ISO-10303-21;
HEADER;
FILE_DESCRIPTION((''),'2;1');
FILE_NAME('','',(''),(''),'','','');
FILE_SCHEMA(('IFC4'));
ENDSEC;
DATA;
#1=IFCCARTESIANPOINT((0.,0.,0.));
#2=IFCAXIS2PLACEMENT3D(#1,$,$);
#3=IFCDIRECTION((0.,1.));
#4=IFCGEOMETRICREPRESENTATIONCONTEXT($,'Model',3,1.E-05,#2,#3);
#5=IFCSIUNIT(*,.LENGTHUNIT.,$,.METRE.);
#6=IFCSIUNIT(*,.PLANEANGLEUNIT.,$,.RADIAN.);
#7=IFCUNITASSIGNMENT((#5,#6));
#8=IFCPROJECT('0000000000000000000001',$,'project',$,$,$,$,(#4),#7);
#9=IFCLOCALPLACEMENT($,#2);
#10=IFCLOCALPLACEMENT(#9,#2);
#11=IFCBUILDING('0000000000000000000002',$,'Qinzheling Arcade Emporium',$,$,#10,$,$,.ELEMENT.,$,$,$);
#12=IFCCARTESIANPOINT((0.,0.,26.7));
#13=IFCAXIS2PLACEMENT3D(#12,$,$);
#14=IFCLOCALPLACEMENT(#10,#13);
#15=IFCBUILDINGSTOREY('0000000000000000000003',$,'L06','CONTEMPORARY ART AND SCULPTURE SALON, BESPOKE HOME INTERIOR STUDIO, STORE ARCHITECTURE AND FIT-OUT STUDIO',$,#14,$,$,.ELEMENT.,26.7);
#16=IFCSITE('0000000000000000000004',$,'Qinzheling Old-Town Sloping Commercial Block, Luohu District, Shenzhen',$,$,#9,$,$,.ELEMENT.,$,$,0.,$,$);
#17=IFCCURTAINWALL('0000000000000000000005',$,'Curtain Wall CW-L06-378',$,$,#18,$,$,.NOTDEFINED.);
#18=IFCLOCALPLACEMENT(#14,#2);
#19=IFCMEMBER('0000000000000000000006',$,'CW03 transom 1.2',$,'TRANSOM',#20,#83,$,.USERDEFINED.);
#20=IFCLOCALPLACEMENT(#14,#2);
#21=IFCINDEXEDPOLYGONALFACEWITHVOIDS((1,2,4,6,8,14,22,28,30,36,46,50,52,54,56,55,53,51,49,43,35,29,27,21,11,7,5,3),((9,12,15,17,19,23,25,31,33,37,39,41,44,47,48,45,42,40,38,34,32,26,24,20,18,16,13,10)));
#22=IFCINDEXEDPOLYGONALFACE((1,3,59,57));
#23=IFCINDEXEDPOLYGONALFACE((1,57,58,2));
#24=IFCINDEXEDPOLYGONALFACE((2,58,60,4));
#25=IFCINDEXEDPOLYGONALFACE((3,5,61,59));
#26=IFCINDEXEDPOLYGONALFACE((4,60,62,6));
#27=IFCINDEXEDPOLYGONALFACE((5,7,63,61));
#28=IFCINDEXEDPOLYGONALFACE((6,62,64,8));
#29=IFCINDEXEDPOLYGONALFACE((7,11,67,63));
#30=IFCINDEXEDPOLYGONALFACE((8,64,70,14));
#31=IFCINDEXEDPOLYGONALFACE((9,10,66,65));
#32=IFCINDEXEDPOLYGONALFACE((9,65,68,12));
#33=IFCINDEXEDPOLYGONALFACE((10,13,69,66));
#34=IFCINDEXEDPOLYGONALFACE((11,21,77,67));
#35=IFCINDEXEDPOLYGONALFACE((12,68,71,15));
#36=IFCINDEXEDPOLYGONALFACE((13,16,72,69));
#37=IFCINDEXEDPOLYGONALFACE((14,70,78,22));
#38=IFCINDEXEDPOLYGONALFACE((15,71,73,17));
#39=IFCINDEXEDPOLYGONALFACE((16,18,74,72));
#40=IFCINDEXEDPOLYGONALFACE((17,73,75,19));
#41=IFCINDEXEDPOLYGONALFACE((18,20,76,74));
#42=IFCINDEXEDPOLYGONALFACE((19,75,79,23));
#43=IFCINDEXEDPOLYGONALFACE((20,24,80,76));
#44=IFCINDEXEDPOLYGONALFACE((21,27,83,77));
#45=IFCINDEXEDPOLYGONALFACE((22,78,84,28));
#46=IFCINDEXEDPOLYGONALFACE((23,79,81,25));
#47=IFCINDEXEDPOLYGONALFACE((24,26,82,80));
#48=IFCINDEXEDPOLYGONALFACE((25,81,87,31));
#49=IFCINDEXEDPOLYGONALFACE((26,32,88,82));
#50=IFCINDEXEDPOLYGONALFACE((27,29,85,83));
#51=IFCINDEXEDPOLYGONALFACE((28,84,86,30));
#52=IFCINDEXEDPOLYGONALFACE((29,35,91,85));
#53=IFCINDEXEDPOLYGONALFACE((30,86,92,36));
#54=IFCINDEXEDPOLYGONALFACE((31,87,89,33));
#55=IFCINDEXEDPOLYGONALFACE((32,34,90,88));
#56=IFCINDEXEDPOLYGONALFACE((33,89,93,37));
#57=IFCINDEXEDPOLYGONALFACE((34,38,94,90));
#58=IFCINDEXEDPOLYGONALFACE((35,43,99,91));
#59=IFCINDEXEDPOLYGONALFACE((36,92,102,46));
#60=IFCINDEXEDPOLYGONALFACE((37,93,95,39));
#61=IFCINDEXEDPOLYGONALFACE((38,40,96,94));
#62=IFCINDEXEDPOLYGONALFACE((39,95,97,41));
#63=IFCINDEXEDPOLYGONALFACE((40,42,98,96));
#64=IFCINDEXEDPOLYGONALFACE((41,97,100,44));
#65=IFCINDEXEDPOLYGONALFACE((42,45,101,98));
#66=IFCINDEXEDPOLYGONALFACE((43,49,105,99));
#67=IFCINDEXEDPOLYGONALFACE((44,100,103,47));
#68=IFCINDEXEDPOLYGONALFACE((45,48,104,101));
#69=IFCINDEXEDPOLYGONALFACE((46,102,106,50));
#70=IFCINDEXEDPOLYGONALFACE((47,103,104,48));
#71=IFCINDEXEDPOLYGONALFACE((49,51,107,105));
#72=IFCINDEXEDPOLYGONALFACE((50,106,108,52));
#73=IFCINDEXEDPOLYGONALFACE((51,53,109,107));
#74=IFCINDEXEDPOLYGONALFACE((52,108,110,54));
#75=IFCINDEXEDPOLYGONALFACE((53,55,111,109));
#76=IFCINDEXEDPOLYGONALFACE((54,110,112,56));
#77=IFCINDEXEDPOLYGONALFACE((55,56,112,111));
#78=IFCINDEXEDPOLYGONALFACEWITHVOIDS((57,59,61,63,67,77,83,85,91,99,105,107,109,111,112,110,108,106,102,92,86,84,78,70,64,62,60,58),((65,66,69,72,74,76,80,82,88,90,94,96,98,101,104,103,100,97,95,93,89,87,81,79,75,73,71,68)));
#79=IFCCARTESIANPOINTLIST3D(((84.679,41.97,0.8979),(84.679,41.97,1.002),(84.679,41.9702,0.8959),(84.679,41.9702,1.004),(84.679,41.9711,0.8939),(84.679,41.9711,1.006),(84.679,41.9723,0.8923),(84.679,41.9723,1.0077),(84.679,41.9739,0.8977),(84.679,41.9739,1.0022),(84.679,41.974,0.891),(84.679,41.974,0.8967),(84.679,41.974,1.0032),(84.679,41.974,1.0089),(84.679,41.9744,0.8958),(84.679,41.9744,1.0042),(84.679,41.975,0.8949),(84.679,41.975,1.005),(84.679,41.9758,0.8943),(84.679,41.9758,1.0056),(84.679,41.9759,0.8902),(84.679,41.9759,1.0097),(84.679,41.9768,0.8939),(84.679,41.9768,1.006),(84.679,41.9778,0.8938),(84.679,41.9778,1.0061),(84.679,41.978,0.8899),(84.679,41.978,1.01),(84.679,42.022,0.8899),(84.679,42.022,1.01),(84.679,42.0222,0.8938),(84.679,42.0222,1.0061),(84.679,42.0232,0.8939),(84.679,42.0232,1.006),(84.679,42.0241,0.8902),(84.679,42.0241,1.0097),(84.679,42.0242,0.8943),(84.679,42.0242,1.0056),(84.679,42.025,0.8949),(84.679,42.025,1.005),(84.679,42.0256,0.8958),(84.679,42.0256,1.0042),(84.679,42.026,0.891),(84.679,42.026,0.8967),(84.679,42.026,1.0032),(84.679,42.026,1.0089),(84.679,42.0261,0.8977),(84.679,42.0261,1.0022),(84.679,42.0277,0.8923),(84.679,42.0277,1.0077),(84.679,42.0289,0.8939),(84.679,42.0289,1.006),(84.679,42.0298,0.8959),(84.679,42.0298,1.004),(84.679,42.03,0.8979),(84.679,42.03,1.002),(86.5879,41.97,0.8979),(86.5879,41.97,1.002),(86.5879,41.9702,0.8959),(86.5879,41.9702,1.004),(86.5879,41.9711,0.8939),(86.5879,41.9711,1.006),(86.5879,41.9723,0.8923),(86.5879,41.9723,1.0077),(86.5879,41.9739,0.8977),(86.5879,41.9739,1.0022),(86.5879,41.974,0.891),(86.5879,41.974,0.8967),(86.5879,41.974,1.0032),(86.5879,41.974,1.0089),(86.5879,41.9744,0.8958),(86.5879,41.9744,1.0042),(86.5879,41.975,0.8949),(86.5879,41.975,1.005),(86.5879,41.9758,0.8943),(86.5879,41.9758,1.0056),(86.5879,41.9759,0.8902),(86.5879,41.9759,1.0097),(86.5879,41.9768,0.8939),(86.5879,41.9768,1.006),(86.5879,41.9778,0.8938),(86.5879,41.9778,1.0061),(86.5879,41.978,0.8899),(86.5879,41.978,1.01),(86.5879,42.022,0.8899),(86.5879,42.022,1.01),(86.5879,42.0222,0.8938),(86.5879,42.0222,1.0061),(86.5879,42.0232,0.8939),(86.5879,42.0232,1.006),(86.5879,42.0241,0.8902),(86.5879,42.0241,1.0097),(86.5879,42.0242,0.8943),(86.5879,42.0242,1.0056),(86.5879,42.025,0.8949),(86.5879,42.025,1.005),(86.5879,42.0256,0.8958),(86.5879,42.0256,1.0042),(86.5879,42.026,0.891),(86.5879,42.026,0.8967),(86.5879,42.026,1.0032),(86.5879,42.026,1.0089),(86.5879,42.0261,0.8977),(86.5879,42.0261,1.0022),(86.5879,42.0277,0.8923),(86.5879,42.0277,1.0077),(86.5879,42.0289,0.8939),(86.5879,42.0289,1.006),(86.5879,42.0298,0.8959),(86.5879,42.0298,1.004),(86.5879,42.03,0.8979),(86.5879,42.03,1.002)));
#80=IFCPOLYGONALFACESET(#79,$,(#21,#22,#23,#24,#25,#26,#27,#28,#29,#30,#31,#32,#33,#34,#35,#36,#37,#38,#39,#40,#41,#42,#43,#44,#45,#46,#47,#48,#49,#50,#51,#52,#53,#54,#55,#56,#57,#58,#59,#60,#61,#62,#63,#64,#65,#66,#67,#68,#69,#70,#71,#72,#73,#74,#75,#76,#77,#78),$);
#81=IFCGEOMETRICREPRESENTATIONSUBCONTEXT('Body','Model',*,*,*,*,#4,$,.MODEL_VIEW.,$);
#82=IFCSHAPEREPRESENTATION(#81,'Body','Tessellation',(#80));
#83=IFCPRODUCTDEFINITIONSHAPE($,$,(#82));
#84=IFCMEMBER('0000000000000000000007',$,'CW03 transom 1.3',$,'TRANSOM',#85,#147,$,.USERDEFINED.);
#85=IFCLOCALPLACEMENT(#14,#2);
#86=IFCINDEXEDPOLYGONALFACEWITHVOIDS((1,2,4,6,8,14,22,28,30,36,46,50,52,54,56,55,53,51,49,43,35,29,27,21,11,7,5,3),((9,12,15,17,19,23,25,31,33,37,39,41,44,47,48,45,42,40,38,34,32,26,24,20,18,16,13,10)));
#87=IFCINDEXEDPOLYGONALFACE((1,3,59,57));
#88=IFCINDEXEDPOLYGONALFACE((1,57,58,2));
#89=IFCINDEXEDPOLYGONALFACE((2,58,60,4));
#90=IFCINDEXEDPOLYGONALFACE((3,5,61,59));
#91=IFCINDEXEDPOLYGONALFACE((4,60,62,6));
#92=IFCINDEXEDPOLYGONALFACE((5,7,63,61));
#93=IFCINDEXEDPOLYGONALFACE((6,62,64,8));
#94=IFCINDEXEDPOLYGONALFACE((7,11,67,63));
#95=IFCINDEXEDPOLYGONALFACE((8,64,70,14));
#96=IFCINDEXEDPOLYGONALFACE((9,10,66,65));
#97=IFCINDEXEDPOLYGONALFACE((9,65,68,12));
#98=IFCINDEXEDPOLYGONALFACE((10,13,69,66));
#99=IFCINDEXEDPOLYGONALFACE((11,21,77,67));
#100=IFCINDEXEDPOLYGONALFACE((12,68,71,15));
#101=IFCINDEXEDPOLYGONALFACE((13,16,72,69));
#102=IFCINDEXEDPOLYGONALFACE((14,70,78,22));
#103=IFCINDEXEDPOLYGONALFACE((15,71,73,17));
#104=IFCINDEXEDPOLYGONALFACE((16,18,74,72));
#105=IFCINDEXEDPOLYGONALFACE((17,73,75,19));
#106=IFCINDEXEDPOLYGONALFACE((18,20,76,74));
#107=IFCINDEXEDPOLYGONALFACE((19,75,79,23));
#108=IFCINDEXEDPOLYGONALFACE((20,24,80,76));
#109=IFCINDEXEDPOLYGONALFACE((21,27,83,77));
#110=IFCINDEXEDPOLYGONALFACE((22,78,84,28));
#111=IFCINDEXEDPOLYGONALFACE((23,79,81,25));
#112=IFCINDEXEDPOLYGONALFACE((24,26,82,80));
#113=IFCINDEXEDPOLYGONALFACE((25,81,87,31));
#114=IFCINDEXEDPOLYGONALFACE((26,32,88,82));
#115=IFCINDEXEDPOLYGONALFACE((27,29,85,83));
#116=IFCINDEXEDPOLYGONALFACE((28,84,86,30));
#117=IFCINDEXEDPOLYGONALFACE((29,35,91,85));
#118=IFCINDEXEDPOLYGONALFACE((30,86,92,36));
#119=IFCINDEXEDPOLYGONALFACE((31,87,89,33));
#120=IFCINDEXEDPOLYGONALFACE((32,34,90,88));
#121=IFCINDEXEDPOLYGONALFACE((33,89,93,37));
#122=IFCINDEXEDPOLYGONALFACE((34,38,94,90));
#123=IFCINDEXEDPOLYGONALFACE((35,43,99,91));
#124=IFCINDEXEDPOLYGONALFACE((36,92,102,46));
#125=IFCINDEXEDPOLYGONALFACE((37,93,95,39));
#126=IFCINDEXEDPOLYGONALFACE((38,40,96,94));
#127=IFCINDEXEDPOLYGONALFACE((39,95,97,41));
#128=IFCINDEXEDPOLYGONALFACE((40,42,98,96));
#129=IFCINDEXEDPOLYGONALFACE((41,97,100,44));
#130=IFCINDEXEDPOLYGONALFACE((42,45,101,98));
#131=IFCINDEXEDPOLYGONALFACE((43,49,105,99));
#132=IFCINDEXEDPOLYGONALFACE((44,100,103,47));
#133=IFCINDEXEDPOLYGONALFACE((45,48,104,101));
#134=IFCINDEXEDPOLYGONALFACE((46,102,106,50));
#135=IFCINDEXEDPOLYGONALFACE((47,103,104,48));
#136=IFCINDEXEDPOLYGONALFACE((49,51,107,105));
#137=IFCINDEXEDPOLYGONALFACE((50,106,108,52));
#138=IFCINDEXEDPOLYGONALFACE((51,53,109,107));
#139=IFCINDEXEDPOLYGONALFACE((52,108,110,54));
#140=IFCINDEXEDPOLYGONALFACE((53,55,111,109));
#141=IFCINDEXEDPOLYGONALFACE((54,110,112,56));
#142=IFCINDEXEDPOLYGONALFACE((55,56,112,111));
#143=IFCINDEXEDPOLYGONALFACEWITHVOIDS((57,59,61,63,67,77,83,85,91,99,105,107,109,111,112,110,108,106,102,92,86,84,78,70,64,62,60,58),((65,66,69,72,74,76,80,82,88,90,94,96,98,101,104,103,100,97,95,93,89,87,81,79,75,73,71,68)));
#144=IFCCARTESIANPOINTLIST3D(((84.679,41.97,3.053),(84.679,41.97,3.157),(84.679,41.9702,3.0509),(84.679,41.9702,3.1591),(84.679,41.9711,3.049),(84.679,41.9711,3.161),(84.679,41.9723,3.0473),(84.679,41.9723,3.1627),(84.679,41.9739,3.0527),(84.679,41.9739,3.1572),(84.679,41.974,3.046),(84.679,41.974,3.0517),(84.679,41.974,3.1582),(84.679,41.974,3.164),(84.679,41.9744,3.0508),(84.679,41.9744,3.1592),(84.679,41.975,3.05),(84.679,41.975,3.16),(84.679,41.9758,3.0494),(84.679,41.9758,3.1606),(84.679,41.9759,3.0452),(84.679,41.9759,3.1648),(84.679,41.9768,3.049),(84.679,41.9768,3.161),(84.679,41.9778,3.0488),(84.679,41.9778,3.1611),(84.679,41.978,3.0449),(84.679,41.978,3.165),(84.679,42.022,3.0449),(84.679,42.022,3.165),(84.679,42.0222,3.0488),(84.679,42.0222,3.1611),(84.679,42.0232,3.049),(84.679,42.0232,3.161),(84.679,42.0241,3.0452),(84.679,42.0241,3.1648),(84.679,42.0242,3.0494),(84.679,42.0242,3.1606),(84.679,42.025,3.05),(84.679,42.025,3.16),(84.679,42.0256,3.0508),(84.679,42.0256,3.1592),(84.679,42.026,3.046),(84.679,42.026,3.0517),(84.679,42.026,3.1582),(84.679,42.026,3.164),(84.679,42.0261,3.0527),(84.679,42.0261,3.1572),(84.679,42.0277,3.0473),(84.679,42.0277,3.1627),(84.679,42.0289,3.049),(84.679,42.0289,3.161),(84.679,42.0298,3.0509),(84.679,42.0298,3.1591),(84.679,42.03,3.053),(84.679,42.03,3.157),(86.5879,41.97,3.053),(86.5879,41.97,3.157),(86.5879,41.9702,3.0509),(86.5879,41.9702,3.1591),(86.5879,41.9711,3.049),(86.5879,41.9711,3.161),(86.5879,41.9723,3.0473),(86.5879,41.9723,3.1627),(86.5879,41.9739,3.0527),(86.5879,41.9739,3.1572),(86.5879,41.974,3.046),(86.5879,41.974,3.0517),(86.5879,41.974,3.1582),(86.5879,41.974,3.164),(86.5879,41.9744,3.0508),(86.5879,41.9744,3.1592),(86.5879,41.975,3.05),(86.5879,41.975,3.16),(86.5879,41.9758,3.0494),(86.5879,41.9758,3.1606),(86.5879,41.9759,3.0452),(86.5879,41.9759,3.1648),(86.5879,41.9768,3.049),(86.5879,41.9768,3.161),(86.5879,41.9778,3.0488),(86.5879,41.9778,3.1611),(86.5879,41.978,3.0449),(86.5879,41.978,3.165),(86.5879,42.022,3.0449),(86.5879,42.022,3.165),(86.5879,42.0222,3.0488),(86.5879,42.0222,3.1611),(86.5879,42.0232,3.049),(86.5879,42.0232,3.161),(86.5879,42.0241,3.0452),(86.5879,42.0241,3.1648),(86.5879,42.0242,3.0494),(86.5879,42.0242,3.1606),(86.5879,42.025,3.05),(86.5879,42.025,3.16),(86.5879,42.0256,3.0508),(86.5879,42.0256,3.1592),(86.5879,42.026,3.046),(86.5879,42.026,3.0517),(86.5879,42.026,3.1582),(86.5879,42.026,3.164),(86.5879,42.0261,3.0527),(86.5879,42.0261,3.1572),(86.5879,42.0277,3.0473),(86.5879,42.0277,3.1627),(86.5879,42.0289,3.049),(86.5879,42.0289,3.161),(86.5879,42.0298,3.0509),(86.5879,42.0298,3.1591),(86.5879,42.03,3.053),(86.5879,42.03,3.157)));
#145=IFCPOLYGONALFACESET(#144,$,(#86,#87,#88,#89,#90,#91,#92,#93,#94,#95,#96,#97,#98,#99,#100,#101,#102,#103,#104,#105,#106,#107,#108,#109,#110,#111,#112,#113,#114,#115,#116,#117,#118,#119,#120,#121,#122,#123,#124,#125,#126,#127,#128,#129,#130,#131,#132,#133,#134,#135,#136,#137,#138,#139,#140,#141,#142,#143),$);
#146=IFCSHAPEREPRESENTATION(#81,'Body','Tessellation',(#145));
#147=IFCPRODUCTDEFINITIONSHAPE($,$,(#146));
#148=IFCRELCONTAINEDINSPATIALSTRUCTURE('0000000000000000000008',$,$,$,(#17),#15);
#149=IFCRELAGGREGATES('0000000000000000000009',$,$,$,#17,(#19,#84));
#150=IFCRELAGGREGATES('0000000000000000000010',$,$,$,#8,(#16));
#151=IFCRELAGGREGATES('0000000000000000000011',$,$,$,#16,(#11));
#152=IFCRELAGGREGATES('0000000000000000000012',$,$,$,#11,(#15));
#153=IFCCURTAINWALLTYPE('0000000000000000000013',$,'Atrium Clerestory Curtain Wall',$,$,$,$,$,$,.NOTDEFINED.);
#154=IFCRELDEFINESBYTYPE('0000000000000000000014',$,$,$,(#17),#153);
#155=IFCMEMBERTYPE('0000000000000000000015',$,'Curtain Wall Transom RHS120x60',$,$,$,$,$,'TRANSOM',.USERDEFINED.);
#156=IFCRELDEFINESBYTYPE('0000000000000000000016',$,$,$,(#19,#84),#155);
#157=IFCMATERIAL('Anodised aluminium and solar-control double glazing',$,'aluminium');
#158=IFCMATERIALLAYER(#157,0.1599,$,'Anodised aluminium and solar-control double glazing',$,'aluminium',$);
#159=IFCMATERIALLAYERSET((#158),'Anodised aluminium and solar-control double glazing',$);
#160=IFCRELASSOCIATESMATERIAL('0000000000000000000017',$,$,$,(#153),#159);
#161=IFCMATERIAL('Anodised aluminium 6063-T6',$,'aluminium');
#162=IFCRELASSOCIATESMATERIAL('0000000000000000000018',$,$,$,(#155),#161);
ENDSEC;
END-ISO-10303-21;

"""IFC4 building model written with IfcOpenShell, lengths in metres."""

from ifc_helpers import new_model, si_unit, direction, frame, origin, origin_2d, place, context, subcontext, project, spatial, hollow_rectangle, extrude, material, layer, layer_set, material_profile, profile_set, type_object, element, aggregate, save


model = new_model("IFC4")

# Units and contexts
model_context = context("Model", 3, precision=1e-05, world=origin(), true_north=direction((0.0, 1.0)))
body_context = subcontext(model_context, "Body", "Model", "MODEL_VIEW")
ifc_project = project(units=[si_unit("LENGTHUNIT", "METRE"), si_unit("PLANEANGLEUNIT", "RADIAN")], contexts=[model_context])

# Site, building, storey
site_placement = place(None, origin())
site = spatial("IfcSite", under=ifc_project, at=site_placement, Name="Qinzheling Old-Town Sloping Commercial Block, Luohu District, Shenzhen", CompositionType="ELEMENT", RefElevation=0.0)
building_placement = place(site_placement, origin())
building = spatial("IfcBuilding", under=site, at=building_placement, Name="Qinzheling Arcade Emporium", CompositionType="ELEMENT")
storey_placement = place(building_placement, frame((0.0, 0.0, 26.7)))
storey = spatial("IfcBuildingStorey", under=building, at=storey_placement, Name="L06", Description="CONTEMPORARY ART AND SCULPTURE SALON, BESPOKE HOME INTERIOR STUDIO, STORE ARCHITECTURE AND FIT-OUT STUDIO", CompositionType="ELEMENT", Elevation=26.7)

# Curtain wall, members
ifc_material_1 = material(Name="Anodised aluminium and solar-control double glazing", Category="aluminium")
ifc_layer_1 = layer(ifc_material_1, 0.1599, Name="Anodised aluminium and solar-control double glazing", Category="aluminium")
ifc_layer_set_1 = layer_set([ifc_layer_1], Name="Anodised aluminium and solar-control double glazing")
curtain_wall_type = type_object("IfcCurtainWallType", Name="Atrium Clerestory Curtain Wall", PredefinedType="NOTDEFINED", material=ifc_layer_set_1)
curtain_wall_placement = place(storey_placement, origin())
curtain_wall = element("IfcCurtainWall", 1, at=curtain_wall_placement, inside=storey, type_object=curtain_wall_type, Name="Curtain Wall CW-L06-378", PredefinedType="NOTDEFINED")
ifc_material_2 = material(Name="Anodised aluminium 6063-T6", Category="aluminium")
ifc_material_profile_1 = material_profile(ifc_material_2, hollow_rectangle(XDim=0.0601, YDim=0.1201, WallThickness=0.0039, InnerFilletRadius=0.0039, OuterFilletRadius=0.0081, at=origin_2d()), Name="RHS 120x60x4", Category="aluminium")
ifc_profile_set_1 = profile_set([ifc_material_profile_1], Name="Anodised aluminium 6063-T6")
member_type_1 = type_object("IfcMemberType", Name="Curtain Wall Transom RHS120x60", ElementType="TRANSOM", PredefinedType="USERDEFINED", material=ifc_profile_set_1)
member_1_placement = place(storey_placement, frame((86.5879, 42.0, 0.95), z_axis=(-1.0, 0.0, 0.0), x_axis=(0.0, -1.0, 0.0)))
member_1 = element("IfcMember", 2, at=member_1_placement, type_object=member_type_1, Name="CW03 transom 1.2", ObjectType="TRANSOM", PredefinedType="USERDEFINED", context=body_context, shape_type="SweptSolid", body=[
    extrude(hollow_rectangle(XDim=0.0601, YDim=0.1201, WallThickness=0.0039, InnerFilletRadius=0.0039, OuterFilletRadius=0.0081, at=origin_2d()), origin(), (0.0, 0.0, 1.0), 1.9089),
])
member_2_placement = place(storey_placement, frame((86.5879, 42.0, 3.105), z_axis=(-1.0, 0.0, 0.0), x_axis=(0.0, -1.0, 0.0)))
member_2 = element("IfcMember", 3, at=member_2_placement, type_object=member_type_1, Name="CW03 transom 1.3", ObjectType="TRANSOM", PredefinedType="USERDEFINED", context=body_context, shape_type="SweptSolid", body=[
    extrude(hollow_rectangle(XDim=0.0601, YDim=0.1201, WallThickness=0.0039, InnerFilletRadius=0.0039, OuterFilletRadius=0.0081, at=origin_2d()), origin(), (0.0, 0.0, 1.0), 1.9089),
])
aggregate(curtain_wall, [member_1, member_2])

save(model, "model.ifc")
